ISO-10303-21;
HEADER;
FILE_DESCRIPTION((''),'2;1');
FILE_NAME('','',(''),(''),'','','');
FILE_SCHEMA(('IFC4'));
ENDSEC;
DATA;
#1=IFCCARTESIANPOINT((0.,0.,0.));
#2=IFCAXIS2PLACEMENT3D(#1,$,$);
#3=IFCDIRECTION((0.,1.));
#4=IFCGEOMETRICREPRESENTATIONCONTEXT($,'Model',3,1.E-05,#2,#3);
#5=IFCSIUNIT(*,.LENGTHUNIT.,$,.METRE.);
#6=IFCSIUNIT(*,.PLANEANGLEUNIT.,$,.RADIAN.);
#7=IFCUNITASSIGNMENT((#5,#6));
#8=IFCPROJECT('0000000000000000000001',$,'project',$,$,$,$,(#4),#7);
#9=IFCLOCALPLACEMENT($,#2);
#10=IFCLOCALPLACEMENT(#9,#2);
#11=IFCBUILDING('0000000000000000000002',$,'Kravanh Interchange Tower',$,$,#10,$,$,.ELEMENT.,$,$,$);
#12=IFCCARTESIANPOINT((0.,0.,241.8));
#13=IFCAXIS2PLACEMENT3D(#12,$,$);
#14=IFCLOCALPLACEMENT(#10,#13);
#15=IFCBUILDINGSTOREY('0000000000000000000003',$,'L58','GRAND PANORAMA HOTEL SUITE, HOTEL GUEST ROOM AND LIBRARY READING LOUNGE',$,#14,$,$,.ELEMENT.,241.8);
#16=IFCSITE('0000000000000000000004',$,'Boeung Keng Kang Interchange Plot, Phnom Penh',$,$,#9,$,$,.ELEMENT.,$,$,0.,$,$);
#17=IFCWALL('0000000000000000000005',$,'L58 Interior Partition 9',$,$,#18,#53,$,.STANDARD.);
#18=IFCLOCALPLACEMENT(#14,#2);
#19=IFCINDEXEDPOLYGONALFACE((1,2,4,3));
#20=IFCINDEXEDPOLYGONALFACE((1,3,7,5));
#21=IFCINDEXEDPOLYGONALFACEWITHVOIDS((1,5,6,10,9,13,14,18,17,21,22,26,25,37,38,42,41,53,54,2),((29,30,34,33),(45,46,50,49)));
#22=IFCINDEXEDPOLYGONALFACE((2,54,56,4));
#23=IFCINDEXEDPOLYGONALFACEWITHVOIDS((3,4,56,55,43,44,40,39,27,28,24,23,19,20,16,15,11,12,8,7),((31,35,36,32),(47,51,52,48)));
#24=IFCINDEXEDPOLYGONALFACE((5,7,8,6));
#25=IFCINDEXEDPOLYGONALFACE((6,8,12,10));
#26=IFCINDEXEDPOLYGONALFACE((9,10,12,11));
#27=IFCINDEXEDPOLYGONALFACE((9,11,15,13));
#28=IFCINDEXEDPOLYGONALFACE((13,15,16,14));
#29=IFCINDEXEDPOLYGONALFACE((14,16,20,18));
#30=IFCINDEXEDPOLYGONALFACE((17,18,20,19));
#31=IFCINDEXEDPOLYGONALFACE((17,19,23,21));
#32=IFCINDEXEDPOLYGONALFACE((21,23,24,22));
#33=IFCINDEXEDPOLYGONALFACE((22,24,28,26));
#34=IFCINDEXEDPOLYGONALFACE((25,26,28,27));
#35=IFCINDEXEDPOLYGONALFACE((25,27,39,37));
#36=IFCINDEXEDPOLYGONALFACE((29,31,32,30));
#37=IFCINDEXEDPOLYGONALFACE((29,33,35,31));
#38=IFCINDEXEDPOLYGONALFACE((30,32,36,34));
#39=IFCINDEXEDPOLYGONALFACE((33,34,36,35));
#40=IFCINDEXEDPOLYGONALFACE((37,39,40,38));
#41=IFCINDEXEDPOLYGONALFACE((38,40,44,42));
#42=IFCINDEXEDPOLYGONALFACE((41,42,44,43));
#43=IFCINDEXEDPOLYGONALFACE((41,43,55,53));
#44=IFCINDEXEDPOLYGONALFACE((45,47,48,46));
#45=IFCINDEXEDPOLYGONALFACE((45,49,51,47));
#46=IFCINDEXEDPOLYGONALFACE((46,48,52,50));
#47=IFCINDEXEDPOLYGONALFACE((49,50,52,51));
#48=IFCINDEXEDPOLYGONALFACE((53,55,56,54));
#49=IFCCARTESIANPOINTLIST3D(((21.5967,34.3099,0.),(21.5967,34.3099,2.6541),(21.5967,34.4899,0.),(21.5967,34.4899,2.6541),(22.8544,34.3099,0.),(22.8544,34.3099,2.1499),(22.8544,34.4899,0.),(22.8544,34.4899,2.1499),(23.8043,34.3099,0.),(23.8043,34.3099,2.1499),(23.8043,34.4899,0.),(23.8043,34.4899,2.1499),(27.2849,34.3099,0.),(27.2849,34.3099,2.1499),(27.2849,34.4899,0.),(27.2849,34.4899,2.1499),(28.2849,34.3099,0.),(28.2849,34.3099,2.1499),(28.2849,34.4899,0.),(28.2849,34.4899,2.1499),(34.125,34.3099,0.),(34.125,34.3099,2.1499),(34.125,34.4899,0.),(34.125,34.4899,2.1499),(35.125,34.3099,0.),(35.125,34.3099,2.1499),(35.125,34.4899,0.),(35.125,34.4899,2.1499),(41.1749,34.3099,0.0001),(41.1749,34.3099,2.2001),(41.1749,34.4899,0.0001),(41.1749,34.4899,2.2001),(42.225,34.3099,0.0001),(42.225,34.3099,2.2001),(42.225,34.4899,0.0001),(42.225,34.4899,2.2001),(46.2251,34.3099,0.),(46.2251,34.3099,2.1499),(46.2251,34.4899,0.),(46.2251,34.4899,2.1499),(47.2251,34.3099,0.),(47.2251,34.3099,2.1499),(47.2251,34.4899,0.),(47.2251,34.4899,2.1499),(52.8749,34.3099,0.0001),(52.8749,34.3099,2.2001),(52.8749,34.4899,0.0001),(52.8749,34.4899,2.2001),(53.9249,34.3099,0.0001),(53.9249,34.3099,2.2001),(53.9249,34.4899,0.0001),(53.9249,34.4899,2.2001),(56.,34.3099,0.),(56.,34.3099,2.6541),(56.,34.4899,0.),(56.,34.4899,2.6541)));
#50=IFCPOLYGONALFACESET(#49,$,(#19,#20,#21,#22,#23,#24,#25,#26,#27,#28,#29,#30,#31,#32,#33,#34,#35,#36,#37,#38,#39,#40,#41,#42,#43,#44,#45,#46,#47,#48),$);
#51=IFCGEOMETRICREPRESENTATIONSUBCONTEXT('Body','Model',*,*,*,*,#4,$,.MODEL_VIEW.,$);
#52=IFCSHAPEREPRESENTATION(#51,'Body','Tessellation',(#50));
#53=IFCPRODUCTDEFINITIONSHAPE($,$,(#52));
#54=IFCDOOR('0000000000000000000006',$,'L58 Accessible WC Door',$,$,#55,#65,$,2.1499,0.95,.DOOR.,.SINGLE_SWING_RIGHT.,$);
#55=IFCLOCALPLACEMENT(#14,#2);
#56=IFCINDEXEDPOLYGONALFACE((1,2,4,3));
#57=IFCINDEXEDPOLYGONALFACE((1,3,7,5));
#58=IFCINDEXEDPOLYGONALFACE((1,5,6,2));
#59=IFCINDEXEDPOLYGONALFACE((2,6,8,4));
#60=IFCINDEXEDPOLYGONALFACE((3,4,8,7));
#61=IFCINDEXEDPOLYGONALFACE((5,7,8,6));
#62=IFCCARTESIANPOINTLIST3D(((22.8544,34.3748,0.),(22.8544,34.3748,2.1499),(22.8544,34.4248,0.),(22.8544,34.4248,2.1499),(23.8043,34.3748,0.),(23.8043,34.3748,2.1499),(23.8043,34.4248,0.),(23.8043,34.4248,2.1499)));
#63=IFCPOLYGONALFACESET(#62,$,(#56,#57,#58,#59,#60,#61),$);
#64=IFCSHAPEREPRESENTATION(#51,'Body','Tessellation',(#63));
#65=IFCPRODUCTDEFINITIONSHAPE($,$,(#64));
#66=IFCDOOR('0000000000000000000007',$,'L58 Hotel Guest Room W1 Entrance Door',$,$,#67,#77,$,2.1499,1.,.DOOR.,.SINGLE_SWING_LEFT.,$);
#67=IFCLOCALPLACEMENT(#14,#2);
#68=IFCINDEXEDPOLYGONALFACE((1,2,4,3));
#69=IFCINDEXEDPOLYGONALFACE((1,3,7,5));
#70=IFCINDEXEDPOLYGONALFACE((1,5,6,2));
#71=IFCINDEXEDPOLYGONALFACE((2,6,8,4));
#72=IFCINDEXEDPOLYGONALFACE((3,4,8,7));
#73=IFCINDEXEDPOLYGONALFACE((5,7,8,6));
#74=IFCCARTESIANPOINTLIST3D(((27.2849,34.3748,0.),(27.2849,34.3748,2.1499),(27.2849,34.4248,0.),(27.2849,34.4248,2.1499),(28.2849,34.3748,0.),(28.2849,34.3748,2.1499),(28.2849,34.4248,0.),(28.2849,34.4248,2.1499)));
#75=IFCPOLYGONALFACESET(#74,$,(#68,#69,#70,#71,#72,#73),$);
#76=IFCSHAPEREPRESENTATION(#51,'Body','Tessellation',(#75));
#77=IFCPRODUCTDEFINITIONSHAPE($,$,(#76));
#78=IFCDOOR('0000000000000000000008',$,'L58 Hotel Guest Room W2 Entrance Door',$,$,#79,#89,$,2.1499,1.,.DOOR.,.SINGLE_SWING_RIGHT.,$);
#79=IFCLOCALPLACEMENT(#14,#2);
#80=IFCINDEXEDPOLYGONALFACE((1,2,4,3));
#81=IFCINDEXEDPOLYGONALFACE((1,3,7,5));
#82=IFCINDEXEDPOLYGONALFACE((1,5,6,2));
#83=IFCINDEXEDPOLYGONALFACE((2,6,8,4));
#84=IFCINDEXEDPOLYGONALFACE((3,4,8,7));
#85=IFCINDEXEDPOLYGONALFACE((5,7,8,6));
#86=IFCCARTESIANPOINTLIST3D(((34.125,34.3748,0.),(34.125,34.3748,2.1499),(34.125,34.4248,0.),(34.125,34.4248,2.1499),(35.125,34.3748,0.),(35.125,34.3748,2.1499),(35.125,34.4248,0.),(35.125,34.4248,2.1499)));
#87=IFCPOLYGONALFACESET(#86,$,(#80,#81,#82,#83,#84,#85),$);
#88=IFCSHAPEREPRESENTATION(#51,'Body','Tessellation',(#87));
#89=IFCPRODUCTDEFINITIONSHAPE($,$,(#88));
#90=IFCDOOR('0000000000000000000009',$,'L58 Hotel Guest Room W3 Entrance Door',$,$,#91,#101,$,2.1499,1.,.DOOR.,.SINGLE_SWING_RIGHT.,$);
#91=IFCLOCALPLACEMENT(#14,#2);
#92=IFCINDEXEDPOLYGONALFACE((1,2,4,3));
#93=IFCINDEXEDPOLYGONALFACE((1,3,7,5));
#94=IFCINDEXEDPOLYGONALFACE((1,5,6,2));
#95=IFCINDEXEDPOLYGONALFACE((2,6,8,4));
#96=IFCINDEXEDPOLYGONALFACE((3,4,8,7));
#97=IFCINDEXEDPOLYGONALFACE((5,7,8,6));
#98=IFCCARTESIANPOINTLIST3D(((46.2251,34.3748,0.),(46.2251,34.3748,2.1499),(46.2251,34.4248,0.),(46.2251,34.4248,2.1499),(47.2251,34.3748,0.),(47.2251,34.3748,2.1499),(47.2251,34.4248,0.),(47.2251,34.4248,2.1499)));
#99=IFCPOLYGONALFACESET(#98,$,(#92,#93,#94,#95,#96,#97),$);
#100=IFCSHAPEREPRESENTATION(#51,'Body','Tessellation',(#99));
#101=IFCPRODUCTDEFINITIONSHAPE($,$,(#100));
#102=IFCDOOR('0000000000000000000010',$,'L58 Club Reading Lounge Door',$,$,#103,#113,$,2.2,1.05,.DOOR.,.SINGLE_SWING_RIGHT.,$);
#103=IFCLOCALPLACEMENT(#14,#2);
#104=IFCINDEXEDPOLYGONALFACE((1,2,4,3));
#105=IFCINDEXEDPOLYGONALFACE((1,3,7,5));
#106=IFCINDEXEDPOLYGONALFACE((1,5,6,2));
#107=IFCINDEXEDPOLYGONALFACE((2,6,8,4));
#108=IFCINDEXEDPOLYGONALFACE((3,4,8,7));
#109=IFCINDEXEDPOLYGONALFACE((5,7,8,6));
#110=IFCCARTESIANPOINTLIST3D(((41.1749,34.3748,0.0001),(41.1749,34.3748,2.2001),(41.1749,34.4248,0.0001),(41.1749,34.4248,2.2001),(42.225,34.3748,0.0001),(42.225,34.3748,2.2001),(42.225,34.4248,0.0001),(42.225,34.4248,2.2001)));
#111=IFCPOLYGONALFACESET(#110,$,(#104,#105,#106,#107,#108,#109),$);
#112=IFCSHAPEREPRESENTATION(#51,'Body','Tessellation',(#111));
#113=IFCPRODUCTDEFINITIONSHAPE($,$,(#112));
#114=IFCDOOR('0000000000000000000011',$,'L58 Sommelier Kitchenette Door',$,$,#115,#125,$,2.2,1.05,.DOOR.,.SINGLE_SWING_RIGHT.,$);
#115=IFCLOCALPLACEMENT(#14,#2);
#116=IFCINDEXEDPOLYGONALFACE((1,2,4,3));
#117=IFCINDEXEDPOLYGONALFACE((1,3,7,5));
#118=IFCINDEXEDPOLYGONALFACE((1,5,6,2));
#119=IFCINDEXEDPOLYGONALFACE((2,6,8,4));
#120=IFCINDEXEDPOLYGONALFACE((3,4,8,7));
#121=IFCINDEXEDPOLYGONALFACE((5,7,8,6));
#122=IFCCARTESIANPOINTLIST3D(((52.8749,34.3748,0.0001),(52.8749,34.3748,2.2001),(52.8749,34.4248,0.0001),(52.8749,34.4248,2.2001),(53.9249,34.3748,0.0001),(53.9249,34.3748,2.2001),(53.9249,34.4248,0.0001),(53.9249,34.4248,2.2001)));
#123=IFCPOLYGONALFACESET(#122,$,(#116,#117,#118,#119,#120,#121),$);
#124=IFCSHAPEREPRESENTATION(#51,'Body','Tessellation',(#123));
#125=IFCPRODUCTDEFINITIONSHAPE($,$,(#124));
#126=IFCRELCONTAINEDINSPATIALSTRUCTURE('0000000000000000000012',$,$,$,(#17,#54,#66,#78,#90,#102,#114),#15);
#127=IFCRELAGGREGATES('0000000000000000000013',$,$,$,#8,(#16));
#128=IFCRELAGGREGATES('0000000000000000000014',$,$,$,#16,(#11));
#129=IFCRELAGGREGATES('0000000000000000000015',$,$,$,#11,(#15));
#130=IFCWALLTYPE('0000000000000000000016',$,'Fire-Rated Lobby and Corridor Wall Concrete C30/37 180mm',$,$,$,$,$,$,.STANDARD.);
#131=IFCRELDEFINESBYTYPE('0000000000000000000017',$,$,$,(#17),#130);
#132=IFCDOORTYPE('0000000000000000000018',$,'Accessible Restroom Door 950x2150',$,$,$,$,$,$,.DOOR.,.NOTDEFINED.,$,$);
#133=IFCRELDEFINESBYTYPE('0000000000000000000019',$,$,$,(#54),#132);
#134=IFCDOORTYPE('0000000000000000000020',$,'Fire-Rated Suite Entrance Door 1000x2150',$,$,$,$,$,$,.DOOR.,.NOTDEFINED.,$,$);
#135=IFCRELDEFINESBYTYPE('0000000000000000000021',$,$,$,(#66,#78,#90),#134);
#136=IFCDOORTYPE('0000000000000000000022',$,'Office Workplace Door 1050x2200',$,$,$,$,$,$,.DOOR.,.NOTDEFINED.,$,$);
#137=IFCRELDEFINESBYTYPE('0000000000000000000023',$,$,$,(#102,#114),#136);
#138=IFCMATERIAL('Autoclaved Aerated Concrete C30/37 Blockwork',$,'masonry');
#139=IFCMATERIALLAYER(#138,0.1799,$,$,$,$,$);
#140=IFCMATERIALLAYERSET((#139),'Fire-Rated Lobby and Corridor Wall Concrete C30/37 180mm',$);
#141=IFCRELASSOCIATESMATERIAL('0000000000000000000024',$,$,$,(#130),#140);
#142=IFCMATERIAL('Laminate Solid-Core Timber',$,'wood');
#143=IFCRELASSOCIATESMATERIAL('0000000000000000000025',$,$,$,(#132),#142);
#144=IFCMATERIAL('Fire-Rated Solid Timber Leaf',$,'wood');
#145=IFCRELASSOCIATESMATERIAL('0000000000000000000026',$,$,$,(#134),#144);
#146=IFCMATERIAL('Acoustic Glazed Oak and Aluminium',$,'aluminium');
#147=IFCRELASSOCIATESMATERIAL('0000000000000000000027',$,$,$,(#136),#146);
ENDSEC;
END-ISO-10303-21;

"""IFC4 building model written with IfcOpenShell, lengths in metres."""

from ifc_helpers import new_model, si_unit, direction, frame, frame_2d, origin, place, context, subcontext, project, spatial, rectangle, extrude, material, layer, layer_set, type_object, element, fill, save


model = new_model("IFC4")

# Units and contexts
model_context = context("Model", 3, precision=1e-05, world=origin(), true_north=direction((0.0, 1.0)))
body_context = subcontext(model_context, "Body", "Model", "MODEL_VIEW")
ifc_project = project(units=[si_unit("LENGTHUNIT", "METRE"), si_unit("PLANEANGLEUNIT", "RADIAN")], contexts=[model_context])

# Site, building, storey
site_placement = place(None, origin())
site = spatial("IfcSite", under=ifc_project, at=site_placement, Name="Boeung Keng Kang Interchange Plot, Phnom Penh", CompositionType="ELEMENT", RefElevation=0.0)
building_placement = place(site_placement, origin())
building = spatial("IfcBuilding", under=site, at=building_placement, Name="Kravanh Interchange Tower", CompositionType="ELEMENT")
storey_placement = place(building_placement, frame((0.0, 0.0, 241.8)))
storey = spatial("IfcBuildingStorey", under=building, at=storey_placement, Name="L58", Description="GRAND PANORAMA HOTEL SUITE, HOTEL GUEST ROOM AND LIBRARY READING LOUNGE", CompositionType="ELEMENT", Elevation=241.8)

# Wall, openings, doors
ifc_material_1 = material(Name="Autoclaved Aerated Concrete C30/37 Blockwork", Category="masonry")
ifc_layer_1 = layer(ifc_material_1, 0.1799)
ifc_layer_set_1 = layer_set([ifc_layer_1], Name="Fire-Rated Lobby and Corridor Wall Concrete C30/37 180mm")
wall_type_1 = type_object("IfcWallType", Name="Fire-Rated Lobby and Corridor Wall Concrete C30/37 180mm", PredefinedType="STANDARD", material=ifc_layer_set_1)
wall_1_placement = place(storey_placement, frame((21.5967, 34.3999, 0.0), z_axis=(0.0, 0.0, 1.0), x_axis=(1.0, 0.0, 0.0)))
wall_1 = element("IfcWall", 1, at=wall_1_placement, inside=storey, type_object=wall_type_1, Name="L58 Interior Partition 9", PredefinedType="STANDARD", context=body_context, shape_type="SweptSolid", body=[
    extrude(rectangle(XDim=34.4033, YDim=0.1799, at=frame_2d((17.2017, 0.0))), origin(), (0.0, 0.0, 1.0), 2.6541),
])
opening_1_placement = place(wall_1_placement, frame((1.2576, 0.0, 0.0)))
opening_1 = element("IfcOpeningElement", 2, at=opening_1_placement, cuts=wall_1, PredefinedType="OPENING", context=body_context, shape_type="SweptSolid", body=[
    extrude(rectangle(XDim=0.95, YDim=2.1499, at=frame_2d((0.4751, 1.075))), frame((0.0, 0.1001, 0.0), z_axis=(0.0, -1.0, 0.0), x_axis=(1.0, 0.0, 0.0)), (0.0, 0.0, 1.0), 0.2),
])
opening_2_placement = place(wall_1_placement, frame((5.6882, 0.0, 0.0)))
opening_2 = element("IfcOpeningElement", 3, at=opening_2_placement, cuts=wall_1, PredefinedType="OPENING", context=body_context, shape_type="SweptSolid", body=[
    extrude(rectangle(XDim=1.0, YDim=2.1499, at=frame_2d((0.5, 1.075))), frame((0.0, 0.1001, 0.0), z_axis=(0.0, -1.0, 0.0), x_axis=(1.0, 0.0, 0.0)), (0.0, 0.0, 1.0), 0.2),
])
opening_3_placement = place(wall_1_placement, frame((12.5283, 0.0, 0.0)))
opening_3 = element("IfcOpeningElement", 4, at=opening_3_placement, cuts=wall_1, PredefinedType="OPENING", context=body_context, shape_type="SweptSolid", body=[
    extrude(rectangle(XDim=1.0, YDim=2.1499, at=frame_2d((0.5, 1.075))), frame((0.0, 0.1001, 0.0), z_axis=(0.0, -1.0, 0.0), x_axis=(1.0, 0.0, 0.0)), (0.0, 0.0, 1.0), 0.2),
])
opening_4_placement = place(wall_1_placement, frame((19.5784, 0.0, 0.0)))
opening_4 = element("IfcOpeningElement", 5, at=opening_4_placement, cuts=wall_1, PredefinedType="OPENING", context=body_context, shape_type="SweptSolid", body=[
    extrude(rectangle(XDim=1.05, YDim=2.2, at=frame_2d((0.5249, 1.1001))), frame((0.0, 0.1001, 0.0), z_axis=(0.0, -1.0, 0.0), x_axis=(1.0, 0.0, 0.0)), (0.0, 0.0, 1.0), 0.2),
])
opening_5_placement = place(wall_1_placement, frame((24.6284, 0.0, 0.0)))
opening_5 = element("IfcOpeningElement", 6, at=opening_5_placement, cuts=wall_1, PredefinedType="OPENING", context=body_context, shape_type="SweptSolid", body=[
    extrude(rectangle(XDim=1.0, YDim=2.1499, at=frame_2d((0.5, 1.075))), frame((0.0, 0.1001, 0.0), z_axis=(0.0, -1.0, 0.0), x_axis=(1.0, 0.0, 0.0)), (0.0, 0.0, 1.0), 0.2),
])
opening_6_placement = place(wall_1_placement, frame((31.2783, 0.0, 0.0)))
opening_6 = element("IfcOpeningElement", 7, at=opening_6_placement, cuts=wall_1, PredefinedType="OPENING", context=body_context, shape_type="SweptSolid", body=[
    extrude(rectangle(XDim=1.05, YDim=2.2, at=frame_2d((0.5249, 1.1001))), frame((0.0, 0.1001, 0.0), z_axis=(0.0, -1.0, 0.0), x_axis=(1.0, 0.0, 0.0)), (0.0, 0.0, 1.0), 0.2),
])
ifc_material_2 = material(Name="Laminate Solid-Core Timber", Category="wood")
door_type_1 = type_object("IfcDoorType", Name="Accessible Restroom Door 950x2150", OperationType="NOTDEFINED", PredefinedType="DOOR", material=ifc_material_2)
door_1_placement = place(opening_1_placement, origin())
door_1 = element("IfcDoor", 8, at=door_1_placement, inside=storey, type_object=door_type_1, Name="L58 Accessible WC Door", OperationType="SINGLE_SWING_RIGHT", OverallHeight=2.1499, OverallWidth=0.95, PredefinedType="DOOR", context=body_context, shape_type="SweptSolid", body=[
    extrude(rectangle(XDim=0.95, YDim=2.1499, at=frame_2d((0.4751, 1.075))), frame((0.0, 0.0249, 0.0), z_axis=(0.0, -1.0, 0.0), x_axis=(1.0, 0.0, 0.0)), (0.0, 0.0, 1.0), 0.05),
])
fill(opening_1, door_1)
ifc_material_3 = material(Name="Fire-Rated Solid Timber Leaf", Category="wood")
door_type_2 = type_object("IfcDoorType", Name="Fire-Rated Suite Entrance Door 1000x2150", OperationType="NOTDEFINED", PredefinedType="DOOR", material=ifc_material_3)
door_2_placement = place(opening_2_placement, origin())
door_2 = element("IfcDoor", 9, at=door_2_placement, inside=storey, type_object=door_type_2, Name="L58 Hotel Guest Room W1 Entrance Door", OperationType="SINGLE_SWING_LEFT", OverallHeight=2.1499, OverallWidth=1.0, PredefinedType="DOOR", context=body_context, shape_type="SweptSolid", body=[
    extrude(rectangle(XDim=1.0, YDim=2.1499, at=frame_2d((0.5, 1.075))), frame((0.0, 0.0249, 0.0), z_axis=(0.0, -1.0, 0.0), x_axis=(1.0, 0.0, 0.0)), (0.0, 0.0, 1.0), 0.05),
])
fill(opening_2, door_2)
door_3_placement = place(opening_3_placement, origin())
door_3 = element("IfcDoor", 10, at=door_3_placement, inside=storey, type_object=door_type_2, Name="L58 Hotel Guest Room W2 Entrance Door", OperationType="SINGLE_SWING_RIGHT", OverallHeight=2.1499, OverallWidth=1.0, PredefinedType="DOOR", context=body_context, shape_type="SweptSolid", body=[
    extrude(rectangle(XDim=1.0, YDim=2.1499, at=frame_2d((0.5, 1.075))), frame((0.0, 0.0249, 0.0), z_axis=(0.0, -1.0, 0.0), x_axis=(1.0, 0.0, 0.0)), (0.0, 0.0, 1.0), 0.05),
])
fill(opening_3, door_3)
door_4_placement = place(opening_5_placement, origin())
door_4 = element("IfcDoor", 11, at=door_4_placement, inside=storey, type_object=door_type_2, Name="L58 Hotel Guest Room W3 Entrance Door", OperationType="SINGLE_SWING_RIGHT", OverallHeight=2.1499, OverallWidth=1.0, PredefinedType="DOOR", context=body_context, shape_type="SweptSolid", body=[
    extrude(rectangle(XDim=1.0, YDim=2.1499, at=frame_2d((0.5, 1.075))), frame((0.0, 0.0249, 0.0), z_axis=(0.0, -1.0, 0.0), x_axis=(1.0, 0.0, 0.0)), (0.0, 0.0, 1.0), 0.05),
])
fill(opening_5, door_4)
ifc_material_4 = material(Name="Acoustic Glazed Oak and Aluminium", Category="aluminium")
door_type_3 = type_object("IfcDoorType", Name="Office Workplace Door 1050x2200", OperationType="NOTDEFINED", PredefinedType="DOOR", material=ifc_material_4)
door_5_placement = place(opening_4_placement, origin())
door_5 = element("IfcDoor", 12, at=door_5_placement, inside=storey, type_object=door_type_3, Name="L58 Club Reading Lounge Door", OperationType="SINGLE_SWING_RIGHT", OverallHeight=2.2, OverallWidth=1.05, PredefinedType="DOOR", context=body_context, shape_type="SweptSolid", body=[
    extrude(rectangle(XDim=1.05, YDim=2.2, at=frame_2d((0.5249, 1.1001))), frame((0.0, 0.0249, 0.0), z_axis=(0.0, -1.0, 0.0), x_axis=(1.0, 0.0, 0.0)), (0.0, 0.0, 1.0), 0.05),
])
fill(opening_4, door_5)
door_6_placement = place(opening_6_placement, origin())
door_6 = element("IfcDoor", 13, at=door_6_placement, inside=storey, type_object=door_type_3, Name="L58 Sommelier Kitchenette Door", OperationType="SINGLE_SWING_RIGHT", OverallHeight=2.2, OverallWidth=1.05, PredefinedType="DOOR", context=body_context, shape_type="SweptSolid", body=[
    extrude(rectangle(XDim=1.05, YDim=2.2, at=frame_2d((0.5249, 1.1001))), frame((0.0, 0.0249, 0.0), z_axis=(0.0, -1.0, 0.0), x_axis=(1.0, 0.0, 0.0)), (0.0, 0.0, 1.0), 0.05),
])
fill(opening_6, door_6)

save(model, "model.ifc")
